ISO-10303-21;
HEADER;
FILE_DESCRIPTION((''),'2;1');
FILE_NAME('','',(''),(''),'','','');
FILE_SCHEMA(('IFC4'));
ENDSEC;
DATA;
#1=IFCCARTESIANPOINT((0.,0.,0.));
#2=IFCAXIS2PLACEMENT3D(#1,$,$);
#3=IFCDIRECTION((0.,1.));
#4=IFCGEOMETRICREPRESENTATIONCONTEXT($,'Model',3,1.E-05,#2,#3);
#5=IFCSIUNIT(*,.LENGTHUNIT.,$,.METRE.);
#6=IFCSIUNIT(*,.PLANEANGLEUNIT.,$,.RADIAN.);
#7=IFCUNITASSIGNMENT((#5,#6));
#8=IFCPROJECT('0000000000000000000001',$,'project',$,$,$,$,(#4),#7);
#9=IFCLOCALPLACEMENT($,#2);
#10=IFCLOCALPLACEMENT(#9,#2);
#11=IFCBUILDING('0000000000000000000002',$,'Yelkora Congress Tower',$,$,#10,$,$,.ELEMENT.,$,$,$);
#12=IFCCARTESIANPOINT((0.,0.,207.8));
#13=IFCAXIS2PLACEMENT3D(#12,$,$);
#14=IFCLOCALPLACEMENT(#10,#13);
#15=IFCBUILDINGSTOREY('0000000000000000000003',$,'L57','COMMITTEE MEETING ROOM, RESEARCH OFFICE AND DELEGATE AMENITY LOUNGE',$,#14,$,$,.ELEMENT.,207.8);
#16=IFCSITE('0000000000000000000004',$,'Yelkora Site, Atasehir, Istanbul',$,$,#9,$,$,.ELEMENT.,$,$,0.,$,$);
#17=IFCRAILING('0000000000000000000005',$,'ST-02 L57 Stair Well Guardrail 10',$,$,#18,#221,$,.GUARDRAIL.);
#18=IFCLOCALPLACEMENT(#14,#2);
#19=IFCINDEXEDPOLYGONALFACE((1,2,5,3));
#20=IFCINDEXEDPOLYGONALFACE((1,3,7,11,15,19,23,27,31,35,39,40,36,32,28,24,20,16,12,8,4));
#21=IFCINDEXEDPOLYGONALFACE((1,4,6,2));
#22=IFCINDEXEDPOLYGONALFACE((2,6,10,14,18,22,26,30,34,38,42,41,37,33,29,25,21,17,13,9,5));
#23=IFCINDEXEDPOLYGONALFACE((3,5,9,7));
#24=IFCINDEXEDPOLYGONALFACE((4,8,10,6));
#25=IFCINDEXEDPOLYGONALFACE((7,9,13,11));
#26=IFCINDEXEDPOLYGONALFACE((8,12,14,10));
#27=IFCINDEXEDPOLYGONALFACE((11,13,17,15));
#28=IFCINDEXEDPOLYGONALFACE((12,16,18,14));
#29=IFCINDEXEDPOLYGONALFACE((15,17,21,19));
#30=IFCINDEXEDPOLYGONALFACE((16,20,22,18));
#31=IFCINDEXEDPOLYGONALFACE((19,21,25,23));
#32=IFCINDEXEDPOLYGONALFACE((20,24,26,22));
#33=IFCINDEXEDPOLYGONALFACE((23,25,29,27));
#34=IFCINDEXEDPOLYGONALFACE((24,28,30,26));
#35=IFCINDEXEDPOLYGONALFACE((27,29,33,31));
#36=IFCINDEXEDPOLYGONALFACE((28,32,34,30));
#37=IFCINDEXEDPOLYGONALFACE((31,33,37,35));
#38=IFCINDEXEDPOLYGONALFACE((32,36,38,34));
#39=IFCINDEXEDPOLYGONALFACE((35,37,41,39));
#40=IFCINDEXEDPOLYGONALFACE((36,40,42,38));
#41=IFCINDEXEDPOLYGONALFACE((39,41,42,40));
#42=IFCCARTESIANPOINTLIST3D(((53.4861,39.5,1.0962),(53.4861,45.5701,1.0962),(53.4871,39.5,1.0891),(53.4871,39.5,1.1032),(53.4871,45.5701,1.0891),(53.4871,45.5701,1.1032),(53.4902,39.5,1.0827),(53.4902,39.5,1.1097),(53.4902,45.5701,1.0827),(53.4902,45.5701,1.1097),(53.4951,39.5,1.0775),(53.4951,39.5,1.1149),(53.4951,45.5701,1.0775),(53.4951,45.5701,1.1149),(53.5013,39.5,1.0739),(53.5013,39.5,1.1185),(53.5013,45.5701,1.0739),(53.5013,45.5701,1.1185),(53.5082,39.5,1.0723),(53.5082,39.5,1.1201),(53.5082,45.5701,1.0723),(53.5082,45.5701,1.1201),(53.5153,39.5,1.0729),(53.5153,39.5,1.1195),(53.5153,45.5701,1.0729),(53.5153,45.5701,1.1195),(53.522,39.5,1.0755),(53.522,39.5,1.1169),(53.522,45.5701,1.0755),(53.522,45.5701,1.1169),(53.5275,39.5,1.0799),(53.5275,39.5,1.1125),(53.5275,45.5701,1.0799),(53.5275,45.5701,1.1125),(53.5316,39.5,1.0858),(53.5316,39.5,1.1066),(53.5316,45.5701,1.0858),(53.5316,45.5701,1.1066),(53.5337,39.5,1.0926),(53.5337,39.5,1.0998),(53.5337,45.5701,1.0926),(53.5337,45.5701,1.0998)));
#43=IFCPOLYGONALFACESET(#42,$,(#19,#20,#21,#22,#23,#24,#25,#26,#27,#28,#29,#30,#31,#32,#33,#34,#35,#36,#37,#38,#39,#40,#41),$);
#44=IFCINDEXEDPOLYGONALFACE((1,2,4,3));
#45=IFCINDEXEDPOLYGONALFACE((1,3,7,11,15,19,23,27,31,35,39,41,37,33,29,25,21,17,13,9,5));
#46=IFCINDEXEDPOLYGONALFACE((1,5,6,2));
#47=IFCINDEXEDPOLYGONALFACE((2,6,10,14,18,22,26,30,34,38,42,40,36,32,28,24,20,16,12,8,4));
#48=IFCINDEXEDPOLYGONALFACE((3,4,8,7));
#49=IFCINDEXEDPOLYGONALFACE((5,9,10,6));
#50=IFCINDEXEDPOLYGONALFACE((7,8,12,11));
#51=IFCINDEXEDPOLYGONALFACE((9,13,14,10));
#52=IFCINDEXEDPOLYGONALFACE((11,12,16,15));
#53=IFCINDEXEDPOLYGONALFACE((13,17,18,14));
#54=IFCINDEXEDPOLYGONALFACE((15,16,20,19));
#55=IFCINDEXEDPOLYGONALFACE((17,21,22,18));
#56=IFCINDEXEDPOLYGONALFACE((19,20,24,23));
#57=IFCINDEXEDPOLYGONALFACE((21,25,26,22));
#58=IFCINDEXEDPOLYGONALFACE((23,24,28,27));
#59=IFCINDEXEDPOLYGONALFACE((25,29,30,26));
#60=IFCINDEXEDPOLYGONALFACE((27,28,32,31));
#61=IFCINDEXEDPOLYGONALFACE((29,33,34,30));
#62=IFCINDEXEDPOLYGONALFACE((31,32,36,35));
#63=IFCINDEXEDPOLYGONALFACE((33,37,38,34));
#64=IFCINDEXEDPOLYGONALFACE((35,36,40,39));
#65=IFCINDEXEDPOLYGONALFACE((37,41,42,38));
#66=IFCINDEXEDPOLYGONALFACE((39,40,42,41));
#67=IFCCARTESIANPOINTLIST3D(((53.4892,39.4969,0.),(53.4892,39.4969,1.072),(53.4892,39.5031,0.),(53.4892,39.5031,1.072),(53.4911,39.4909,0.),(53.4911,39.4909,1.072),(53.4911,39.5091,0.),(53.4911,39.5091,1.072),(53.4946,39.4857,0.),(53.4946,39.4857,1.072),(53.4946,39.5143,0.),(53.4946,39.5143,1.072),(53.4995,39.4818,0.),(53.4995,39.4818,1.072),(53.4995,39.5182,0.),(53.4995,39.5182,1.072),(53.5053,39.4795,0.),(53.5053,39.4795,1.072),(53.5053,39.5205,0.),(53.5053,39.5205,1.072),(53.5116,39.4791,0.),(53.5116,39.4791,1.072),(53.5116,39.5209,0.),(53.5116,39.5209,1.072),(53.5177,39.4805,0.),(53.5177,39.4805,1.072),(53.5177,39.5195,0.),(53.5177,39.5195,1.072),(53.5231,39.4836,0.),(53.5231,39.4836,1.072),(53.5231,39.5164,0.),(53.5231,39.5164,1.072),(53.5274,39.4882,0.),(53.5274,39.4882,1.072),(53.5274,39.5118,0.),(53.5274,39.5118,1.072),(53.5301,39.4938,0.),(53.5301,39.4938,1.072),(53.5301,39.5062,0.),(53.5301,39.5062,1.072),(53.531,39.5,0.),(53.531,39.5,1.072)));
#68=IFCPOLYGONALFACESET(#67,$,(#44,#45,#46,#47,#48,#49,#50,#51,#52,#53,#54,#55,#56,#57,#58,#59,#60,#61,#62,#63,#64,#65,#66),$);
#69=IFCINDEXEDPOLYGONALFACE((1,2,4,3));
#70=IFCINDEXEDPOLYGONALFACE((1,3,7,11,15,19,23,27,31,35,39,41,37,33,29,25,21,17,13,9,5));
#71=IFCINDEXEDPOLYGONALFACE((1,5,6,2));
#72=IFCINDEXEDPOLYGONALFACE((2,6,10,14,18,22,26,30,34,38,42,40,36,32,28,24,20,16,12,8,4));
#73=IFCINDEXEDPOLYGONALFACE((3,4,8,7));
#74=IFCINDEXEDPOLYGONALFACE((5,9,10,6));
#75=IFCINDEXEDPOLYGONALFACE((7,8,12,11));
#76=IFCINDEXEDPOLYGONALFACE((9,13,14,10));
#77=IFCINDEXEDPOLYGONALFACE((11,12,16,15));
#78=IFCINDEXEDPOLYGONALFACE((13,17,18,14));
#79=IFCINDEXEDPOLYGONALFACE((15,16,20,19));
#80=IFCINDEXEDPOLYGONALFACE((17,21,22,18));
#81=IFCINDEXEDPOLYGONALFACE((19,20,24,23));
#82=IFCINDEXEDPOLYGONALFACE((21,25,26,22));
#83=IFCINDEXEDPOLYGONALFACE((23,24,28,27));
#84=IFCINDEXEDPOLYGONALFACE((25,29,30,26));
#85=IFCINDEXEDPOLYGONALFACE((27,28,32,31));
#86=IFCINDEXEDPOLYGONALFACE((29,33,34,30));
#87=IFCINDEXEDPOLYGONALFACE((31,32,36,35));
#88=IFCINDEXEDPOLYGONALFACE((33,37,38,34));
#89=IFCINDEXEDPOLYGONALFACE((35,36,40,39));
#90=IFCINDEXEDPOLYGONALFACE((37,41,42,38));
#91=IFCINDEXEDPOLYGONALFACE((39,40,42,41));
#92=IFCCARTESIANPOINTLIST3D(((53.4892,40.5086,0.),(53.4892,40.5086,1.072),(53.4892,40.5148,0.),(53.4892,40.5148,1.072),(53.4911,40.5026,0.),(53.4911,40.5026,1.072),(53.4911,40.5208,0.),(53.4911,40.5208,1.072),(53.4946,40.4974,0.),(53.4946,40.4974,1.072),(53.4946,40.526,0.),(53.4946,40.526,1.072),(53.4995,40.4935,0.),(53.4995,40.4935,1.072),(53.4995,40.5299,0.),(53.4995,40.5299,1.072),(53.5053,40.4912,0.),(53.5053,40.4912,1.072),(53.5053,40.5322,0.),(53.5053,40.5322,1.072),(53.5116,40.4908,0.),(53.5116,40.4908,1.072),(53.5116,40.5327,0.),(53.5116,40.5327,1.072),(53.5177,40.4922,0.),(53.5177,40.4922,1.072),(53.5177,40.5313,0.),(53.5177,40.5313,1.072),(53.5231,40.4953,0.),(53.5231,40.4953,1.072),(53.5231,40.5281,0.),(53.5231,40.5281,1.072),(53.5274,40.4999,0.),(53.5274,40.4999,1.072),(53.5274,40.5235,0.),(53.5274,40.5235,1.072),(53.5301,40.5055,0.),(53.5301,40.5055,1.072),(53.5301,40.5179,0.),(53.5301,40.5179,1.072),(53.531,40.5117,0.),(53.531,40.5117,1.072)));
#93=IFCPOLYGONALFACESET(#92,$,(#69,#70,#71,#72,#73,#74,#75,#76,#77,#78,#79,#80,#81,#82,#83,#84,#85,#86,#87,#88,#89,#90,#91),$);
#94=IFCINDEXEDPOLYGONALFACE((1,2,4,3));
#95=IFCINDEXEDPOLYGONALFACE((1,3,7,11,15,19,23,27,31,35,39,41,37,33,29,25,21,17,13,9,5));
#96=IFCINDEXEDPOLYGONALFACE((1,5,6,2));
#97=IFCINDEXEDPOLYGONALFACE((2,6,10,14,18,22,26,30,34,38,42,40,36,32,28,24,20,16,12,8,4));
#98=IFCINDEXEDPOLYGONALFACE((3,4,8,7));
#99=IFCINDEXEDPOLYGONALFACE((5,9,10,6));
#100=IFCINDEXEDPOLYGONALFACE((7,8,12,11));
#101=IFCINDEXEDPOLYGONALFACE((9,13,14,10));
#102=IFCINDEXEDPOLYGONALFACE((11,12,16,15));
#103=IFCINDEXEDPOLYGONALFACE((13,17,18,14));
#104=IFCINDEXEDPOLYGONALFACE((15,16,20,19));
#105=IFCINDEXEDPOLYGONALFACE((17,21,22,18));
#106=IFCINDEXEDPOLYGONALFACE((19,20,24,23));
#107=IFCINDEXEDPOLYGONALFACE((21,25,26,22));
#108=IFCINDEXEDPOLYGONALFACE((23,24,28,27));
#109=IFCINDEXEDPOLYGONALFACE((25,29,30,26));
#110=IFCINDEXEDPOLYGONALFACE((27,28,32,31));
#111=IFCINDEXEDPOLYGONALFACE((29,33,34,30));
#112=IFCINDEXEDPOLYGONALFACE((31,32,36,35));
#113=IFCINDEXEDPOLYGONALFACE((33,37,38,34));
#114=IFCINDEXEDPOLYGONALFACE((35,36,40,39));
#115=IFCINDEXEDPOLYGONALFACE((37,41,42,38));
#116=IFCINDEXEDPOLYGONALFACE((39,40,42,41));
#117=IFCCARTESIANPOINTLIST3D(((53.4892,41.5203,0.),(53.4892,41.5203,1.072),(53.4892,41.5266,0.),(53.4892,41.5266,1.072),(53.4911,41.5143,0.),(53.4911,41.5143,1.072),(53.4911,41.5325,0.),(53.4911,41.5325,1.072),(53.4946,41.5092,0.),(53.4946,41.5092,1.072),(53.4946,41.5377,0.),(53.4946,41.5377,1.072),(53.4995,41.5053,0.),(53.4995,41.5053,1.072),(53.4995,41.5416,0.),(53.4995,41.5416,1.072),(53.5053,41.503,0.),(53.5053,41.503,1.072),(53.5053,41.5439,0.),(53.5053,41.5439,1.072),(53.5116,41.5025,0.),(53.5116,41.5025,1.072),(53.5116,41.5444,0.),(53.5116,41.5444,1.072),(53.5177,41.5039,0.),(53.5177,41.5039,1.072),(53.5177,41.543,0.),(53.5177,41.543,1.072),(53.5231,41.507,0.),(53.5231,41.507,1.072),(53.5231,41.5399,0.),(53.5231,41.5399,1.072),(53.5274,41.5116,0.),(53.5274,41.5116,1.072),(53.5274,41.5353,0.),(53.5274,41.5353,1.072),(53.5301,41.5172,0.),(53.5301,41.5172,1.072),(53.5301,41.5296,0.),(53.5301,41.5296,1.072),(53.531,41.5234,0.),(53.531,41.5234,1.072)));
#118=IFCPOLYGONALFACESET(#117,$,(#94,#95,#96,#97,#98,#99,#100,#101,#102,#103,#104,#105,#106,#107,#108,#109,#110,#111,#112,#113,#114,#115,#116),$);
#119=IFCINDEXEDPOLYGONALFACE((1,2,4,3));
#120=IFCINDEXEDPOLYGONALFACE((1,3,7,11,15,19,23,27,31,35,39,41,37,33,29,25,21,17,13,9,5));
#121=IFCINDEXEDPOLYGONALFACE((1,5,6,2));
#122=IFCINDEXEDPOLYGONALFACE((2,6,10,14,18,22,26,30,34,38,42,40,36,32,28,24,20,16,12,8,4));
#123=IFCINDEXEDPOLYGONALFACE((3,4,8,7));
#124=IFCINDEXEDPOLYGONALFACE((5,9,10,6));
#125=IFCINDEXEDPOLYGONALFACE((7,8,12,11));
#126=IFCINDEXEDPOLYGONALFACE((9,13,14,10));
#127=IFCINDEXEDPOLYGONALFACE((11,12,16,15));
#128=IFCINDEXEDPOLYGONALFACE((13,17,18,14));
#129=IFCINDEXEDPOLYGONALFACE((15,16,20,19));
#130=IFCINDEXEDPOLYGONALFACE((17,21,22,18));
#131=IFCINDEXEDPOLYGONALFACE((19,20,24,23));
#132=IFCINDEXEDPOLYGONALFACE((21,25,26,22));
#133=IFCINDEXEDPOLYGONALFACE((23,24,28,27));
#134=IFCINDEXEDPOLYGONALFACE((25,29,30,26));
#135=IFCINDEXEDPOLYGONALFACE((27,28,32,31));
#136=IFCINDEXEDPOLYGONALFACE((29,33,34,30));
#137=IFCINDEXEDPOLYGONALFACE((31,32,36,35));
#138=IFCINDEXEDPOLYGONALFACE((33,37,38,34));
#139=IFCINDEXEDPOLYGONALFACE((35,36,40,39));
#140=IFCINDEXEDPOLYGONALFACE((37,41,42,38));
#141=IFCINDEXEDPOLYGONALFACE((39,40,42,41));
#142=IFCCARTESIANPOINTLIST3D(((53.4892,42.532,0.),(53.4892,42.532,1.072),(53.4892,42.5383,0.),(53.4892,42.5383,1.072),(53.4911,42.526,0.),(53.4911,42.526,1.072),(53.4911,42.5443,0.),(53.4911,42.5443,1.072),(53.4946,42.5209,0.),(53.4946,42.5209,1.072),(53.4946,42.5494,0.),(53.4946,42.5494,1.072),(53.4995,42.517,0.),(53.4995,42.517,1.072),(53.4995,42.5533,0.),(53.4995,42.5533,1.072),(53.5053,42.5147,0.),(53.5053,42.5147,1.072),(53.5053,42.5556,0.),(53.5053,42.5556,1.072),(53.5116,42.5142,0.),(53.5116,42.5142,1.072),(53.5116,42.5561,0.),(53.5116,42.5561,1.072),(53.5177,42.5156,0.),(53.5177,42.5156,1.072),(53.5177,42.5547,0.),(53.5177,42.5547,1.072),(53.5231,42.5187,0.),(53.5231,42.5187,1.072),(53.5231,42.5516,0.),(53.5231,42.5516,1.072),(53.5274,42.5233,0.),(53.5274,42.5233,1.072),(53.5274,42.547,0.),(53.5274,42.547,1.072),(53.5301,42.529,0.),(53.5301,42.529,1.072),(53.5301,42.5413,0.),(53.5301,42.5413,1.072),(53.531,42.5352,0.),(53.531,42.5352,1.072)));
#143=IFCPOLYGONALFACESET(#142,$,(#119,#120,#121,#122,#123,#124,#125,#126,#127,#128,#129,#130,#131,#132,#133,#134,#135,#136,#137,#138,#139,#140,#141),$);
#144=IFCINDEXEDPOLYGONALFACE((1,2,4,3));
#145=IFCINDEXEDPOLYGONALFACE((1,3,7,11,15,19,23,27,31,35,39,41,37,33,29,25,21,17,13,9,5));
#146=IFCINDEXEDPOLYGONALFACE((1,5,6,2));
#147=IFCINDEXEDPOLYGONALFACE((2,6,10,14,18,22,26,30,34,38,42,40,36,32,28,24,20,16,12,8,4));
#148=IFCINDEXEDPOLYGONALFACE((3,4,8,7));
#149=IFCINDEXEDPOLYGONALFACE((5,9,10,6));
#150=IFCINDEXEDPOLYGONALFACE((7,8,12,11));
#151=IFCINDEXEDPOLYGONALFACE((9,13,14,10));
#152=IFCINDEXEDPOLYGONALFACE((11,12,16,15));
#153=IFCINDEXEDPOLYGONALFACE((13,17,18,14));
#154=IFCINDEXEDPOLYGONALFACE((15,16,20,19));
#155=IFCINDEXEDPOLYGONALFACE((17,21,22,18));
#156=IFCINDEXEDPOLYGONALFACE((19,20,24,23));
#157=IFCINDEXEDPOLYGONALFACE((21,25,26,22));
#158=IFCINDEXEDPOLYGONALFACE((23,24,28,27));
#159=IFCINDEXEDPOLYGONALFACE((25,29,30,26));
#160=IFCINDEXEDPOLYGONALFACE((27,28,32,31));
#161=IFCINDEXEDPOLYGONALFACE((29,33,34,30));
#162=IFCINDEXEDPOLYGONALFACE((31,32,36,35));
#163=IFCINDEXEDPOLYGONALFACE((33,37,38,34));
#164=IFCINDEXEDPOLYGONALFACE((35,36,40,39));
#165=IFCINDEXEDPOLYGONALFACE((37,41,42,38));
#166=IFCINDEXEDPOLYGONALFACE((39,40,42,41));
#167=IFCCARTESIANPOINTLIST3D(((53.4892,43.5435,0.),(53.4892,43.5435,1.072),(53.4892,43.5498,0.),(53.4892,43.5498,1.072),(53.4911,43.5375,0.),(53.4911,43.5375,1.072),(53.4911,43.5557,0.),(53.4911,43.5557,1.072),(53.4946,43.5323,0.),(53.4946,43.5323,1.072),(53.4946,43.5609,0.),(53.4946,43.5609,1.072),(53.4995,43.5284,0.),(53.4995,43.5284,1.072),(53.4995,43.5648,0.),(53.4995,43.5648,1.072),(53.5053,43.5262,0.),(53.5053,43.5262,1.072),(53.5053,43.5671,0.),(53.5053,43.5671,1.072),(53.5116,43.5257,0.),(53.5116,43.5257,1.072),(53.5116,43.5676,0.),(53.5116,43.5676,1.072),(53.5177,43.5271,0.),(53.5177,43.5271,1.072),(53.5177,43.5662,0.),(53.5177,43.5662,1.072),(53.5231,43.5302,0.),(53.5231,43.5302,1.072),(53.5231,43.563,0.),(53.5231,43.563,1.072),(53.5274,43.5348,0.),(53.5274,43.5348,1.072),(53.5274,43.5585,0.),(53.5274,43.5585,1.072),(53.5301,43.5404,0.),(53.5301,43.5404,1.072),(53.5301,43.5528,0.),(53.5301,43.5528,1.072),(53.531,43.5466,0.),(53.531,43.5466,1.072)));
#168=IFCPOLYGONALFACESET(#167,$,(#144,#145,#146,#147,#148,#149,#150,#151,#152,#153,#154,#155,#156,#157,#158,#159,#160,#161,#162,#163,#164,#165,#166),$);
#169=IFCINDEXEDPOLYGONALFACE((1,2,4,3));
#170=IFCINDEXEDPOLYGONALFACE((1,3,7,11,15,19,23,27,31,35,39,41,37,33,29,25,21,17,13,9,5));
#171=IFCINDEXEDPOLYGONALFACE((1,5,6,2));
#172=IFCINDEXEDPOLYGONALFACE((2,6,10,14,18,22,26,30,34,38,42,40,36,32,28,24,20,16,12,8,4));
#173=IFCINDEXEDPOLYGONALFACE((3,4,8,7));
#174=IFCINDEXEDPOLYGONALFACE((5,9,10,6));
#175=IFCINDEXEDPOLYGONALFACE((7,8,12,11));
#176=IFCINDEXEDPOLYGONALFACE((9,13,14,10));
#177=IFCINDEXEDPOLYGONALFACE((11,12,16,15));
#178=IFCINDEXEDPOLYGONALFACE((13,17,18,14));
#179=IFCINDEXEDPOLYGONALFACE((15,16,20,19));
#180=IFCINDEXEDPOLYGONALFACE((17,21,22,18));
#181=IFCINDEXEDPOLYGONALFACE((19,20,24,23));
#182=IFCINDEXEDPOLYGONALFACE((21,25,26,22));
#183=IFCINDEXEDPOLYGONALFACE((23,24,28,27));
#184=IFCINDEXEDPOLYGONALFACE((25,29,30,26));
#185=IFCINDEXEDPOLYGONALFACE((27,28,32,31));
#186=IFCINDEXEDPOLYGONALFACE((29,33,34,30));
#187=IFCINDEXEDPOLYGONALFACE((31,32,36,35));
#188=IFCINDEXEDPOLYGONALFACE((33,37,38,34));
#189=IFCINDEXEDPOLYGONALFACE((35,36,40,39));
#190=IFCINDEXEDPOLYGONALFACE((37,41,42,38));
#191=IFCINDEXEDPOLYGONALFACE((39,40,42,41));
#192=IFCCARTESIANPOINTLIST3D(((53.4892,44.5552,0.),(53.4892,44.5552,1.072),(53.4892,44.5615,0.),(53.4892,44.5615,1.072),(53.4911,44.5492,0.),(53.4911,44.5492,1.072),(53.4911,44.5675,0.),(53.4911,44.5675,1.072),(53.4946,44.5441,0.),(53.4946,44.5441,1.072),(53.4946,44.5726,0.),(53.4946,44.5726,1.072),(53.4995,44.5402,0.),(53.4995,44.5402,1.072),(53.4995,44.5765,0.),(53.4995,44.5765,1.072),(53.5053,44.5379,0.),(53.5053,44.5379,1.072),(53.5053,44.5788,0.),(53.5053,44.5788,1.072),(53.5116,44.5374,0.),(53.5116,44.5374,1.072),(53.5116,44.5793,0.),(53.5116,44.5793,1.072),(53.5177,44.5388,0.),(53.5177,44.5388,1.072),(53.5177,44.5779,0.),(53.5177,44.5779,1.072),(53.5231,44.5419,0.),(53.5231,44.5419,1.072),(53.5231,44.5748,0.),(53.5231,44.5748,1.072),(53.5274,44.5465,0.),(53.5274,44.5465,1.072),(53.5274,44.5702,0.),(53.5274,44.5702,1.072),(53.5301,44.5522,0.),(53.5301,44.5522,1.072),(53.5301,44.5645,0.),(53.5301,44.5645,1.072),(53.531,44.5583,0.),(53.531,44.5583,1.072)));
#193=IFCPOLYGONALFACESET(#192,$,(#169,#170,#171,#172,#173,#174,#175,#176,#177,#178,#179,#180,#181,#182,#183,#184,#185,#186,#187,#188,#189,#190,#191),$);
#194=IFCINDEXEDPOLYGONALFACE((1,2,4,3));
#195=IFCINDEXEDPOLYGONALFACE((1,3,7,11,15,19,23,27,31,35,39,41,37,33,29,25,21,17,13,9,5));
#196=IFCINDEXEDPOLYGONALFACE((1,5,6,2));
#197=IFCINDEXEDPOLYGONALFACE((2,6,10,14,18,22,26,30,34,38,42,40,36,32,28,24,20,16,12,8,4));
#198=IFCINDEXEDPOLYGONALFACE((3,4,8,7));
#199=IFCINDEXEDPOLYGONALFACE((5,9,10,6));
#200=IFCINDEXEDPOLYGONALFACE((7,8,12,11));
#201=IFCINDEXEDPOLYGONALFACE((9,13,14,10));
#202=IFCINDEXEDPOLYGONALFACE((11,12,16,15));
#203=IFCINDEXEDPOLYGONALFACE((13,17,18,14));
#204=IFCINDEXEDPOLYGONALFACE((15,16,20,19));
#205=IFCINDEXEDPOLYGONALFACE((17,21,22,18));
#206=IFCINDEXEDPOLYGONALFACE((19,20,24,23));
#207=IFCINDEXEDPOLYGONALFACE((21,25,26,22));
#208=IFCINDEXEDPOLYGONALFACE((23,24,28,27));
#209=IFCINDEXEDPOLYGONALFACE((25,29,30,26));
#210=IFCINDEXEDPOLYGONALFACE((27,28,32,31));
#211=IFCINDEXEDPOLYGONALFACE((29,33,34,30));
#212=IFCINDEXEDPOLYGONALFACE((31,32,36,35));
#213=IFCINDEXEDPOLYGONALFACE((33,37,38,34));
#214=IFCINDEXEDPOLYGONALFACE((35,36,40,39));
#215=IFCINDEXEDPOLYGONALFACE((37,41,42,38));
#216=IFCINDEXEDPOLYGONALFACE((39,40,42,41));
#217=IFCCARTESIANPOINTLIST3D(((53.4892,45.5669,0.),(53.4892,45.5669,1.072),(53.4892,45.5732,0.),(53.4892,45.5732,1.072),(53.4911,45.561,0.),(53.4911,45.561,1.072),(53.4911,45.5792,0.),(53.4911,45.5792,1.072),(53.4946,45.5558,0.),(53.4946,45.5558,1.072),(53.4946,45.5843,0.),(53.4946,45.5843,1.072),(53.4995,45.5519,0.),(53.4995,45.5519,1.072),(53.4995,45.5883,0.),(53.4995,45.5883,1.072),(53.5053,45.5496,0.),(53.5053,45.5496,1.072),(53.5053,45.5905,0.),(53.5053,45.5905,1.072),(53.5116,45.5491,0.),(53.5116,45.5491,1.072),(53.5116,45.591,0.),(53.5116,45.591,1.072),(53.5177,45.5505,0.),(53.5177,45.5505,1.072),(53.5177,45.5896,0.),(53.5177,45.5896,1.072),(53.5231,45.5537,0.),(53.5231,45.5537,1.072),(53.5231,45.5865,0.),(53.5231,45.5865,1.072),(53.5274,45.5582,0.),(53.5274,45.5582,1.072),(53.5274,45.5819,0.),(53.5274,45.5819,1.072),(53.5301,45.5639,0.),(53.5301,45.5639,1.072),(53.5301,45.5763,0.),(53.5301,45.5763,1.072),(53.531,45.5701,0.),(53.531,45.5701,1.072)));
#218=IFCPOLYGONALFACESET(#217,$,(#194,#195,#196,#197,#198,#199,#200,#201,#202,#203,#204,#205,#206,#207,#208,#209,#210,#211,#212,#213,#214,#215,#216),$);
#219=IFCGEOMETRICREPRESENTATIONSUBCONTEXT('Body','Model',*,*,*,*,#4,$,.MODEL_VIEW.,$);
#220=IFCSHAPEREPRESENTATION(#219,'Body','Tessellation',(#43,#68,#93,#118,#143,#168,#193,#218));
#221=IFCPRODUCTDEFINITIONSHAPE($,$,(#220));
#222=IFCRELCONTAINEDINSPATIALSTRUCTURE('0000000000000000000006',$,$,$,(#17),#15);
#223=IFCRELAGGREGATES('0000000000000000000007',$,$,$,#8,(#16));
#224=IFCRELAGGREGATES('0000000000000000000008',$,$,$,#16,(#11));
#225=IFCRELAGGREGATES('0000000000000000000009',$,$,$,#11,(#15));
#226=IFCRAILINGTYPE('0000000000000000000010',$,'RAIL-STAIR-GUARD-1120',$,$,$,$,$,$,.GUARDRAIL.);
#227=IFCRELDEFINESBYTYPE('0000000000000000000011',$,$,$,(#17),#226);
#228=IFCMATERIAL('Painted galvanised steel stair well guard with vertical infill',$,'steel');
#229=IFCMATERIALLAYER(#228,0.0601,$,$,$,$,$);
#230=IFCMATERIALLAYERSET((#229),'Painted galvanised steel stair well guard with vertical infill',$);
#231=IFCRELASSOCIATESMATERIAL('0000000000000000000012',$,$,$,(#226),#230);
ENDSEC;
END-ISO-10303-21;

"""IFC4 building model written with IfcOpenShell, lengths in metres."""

from ifc_helpers import new_model, si_unit, direction, frame, origin, origin_2d, place, context, subcontext, project, spatial, circle, extrude, material, layer, layer_set, type_object, element, save


model = new_model("IFC4")

# Units and contexts
model_context = context("Model", 3, precision=1e-05, world=origin(), true_north=direction((0.0, 1.0)))
body_context = subcontext(model_context, "Body", "Model", "MODEL_VIEW")
ifc_project = project(units=[si_unit("LENGTHUNIT", "METRE"), si_unit("PLANEANGLEUNIT", "RADIAN")], contexts=[model_context])

# Site, building, storey
site_placement = place(None, origin())
site = spatial("IfcSite", under=ifc_project, at=site_placement, Name="Yelkora Site, Atasehir, Istanbul", CompositionType="ELEMENT", RefElevation=0.0)
building_placement = place(site_placement, origin())
building = spatial("IfcBuilding", under=site, at=building_placement, Name="Yelkora Congress Tower", CompositionType="ELEMENT")
storey_placement = place(building_placement, frame((0.0, 0.0, 207.8)))
storey = spatial("IfcBuildingStorey", under=building, at=storey_placement, Name="L57", Description="COMMITTEE MEETING ROOM, RESEARCH OFFICE AND DELEGATE AMENITY LOUNGE", CompositionType="ELEMENT", Elevation=207.8)

# Railing
ifc_material_1 = material(Name="Painted galvanised steel stair well guard with vertical infill", Category="steel")
ifc_layer_1 = layer(ifc_material_1, 0.0601)
ifc_layer_set_1 = layer_set([ifc_layer_1], Name="Painted galvanised steel stair well guard with vertical infill")
railing_type_1 = type_object("IfcRailingType", Name="RAIL-STAIR-GUARD-1120", PredefinedType="GUARDRAIL", material=ifc_layer_set_1)
railing_1_placement = place(storey_placement, frame((53.51, 39.5, 0.0)))
element("IfcRailing", 1, at=railing_1_placement, inside=storey, type_object=railing_type_1, Name="ST-02 L57 Stair Well Guardrail 10", PredefinedType="GUARDRAIL", context=body_context, shape_type="SweptSolid", body=[
    extrude(circle(Radius=0.0239, at=origin_2d()), frame((0.0, 0.0, 1.0962), z_axis=(0.0, 1.0, 0.0), x_axis=(-1.0, 0.0, 0.0)), (0.0, 0.0, 1.0), 6.0701),
    extrude(circle(Radius=0.021, at=origin_2d()), origin(), (0.0, 0.0, 1.0), 1.072),
    extrude(circle(Radius=0.021, at=origin_2d()), frame((0.0, 1.0117, 0.0)), (0.0, 0.0, 1.0), 1.072),
    extrude(circle(Radius=0.021, at=origin_2d()), frame((0.0, 2.0234, 0.0)), (0.0, 0.0, 1.0), 1.072),
    extrude(circle(Radius=0.021, at=origin_2d()), frame((0.0, 3.0352, 0.0)), (0.0, 0.0, 1.0), 1.072),
    extrude(circle(Radius=0.021, at=origin_2d()), frame((0.0, 4.0466, 0.0)), (0.0, 0.0, 1.0), 1.072),
    extrude(circle(Radius=0.021, at=origin_2d()), frame((0.0, 5.0583, 0.0)), (0.0, 0.0, 1.0), 1.072),
    extrude(circle(Radius=0.021, at=origin_2d()), frame((0.0, 6.0701, 0.0)), (0.0, 0.0, 1.0), 1.072),
])

save(model, "model.ifc")
